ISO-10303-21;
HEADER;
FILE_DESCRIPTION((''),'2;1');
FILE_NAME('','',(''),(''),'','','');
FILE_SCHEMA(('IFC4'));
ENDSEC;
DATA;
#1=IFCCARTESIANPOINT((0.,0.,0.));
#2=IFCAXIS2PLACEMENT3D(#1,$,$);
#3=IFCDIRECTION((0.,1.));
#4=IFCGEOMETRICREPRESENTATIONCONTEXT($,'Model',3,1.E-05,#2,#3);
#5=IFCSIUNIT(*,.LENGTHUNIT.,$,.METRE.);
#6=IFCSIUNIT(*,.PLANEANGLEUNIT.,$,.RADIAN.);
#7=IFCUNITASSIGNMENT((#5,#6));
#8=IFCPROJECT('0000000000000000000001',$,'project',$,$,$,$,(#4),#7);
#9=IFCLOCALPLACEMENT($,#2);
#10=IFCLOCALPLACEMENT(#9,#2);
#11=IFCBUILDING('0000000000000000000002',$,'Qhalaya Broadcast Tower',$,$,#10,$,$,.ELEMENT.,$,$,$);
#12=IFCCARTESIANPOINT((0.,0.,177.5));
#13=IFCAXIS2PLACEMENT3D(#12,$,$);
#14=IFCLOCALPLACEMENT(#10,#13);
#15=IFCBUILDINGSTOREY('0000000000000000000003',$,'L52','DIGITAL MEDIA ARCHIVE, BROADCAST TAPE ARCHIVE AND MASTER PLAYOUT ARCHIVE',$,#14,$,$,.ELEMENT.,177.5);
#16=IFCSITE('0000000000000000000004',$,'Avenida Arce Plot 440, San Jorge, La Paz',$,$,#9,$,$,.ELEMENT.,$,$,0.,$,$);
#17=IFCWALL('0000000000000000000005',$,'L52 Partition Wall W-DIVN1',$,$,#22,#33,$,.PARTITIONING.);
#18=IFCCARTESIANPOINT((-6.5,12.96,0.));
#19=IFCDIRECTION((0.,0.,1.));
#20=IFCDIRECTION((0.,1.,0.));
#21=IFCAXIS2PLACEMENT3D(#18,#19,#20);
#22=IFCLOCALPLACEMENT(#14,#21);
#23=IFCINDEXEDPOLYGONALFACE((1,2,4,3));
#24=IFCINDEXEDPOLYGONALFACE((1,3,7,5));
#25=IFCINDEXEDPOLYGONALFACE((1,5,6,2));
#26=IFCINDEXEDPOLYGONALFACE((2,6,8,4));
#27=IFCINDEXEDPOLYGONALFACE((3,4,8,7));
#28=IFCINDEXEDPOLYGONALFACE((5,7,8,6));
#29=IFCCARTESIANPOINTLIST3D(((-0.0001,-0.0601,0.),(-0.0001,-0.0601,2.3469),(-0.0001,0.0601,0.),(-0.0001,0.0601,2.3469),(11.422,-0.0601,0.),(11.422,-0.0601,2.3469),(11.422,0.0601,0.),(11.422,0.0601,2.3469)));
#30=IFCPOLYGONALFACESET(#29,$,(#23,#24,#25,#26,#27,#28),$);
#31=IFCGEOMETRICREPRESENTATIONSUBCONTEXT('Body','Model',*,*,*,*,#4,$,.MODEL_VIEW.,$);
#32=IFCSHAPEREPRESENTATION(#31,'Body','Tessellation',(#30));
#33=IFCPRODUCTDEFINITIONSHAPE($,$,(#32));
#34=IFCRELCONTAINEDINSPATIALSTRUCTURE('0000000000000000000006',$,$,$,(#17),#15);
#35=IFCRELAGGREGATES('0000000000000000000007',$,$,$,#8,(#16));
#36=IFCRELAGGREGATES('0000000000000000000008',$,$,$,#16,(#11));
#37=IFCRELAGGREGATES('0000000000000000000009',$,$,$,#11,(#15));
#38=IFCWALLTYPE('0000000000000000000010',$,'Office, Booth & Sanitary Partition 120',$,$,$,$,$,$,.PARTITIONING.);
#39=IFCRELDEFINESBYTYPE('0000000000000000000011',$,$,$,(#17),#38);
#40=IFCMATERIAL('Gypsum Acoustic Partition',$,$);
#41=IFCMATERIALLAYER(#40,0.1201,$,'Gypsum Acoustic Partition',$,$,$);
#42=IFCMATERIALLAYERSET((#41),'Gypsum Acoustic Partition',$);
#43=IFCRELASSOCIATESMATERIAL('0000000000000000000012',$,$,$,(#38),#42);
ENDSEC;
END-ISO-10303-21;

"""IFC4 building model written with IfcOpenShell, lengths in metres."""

from ifc_helpers import new_model, si_unit, direction, frame, frame_2d, origin, place, context, subcontext, project, spatial, rectangle, extrude, material, layer, layer_set, type_object, element, save


model = new_model("IFC4")

# Units and contexts
model_context = context("Model", 3, precision=1e-05, world=origin(), true_north=direction((0.0, 1.0)))
body_context = subcontext(model_context, "Body", "Model", "MODEL_VIEW")
ifc_project = project(units=[si_unit("LENGTHUNIT", "METRE"), si_unit("PLANEANGLEUNIT", "RADIAN")], contexts=[model_context])

# Site, building, storey
site_placement = place(None, origin())
site = spatial("IfcSite", under=ifc_project, at=site_placement, Name="Avenida Arce Plot 440, San Jorge, La Paz", CompositionType="ELEMENT", RefElevation=0.0)
building_placement = place(site_placement, origin())
building = spatial("IfcBuilding", under=site, at=building_placement, Name="Qhalaya Broadcast Tower", CompositionType="ELEMENT")
storey_placement = place(building_placement, frame((0.0, 0.0, 177.5)))
storey = spatial("IfcBuildingStorey", under=building, at=storey_placement, Name="L52", Description="DIGITAL MEDIA ARCHIVE, BROADCAST TAPE ARCHIVE AND MASTER PLAYOUT ARCHIVE", CompositionType="ELEMENT", Elevation=177.5)

# Wall
ifc_material_1 = material(Name="Gypsum Acoustic Partition")
ifc_layer_1 = layer(ifc_material_1, 0.1201, Name="Gypsum Acoustic Partition")
ifc_layer_set_1 = layer_set([ifc_layer_1], Name="Gypsum Acoustic Partition")
wall_type = type_object("IfcWallType", Name="Office, Booth & Sanitary Partition 120", PredefinedType="PARTITIONING", material=ifc_layer_set_1)
wall_placement = place(storey_placement, frame((-6.5, 12.96, 0.0), z_axis=(0.0, 0.0, 1.0), x_axis=(0.0, 1.0, 0.0)))
element("IfcWall", 1, at=wall_placement, inside=storey, type_object=wall_type, Name="L52 Partition Wall W-DIVN1", PredefinedType="PARTITIONING", context=body_context, shape_type="SweptSolid", body=[
    extrude(rectangle(XDim=11.4221, YDim=0.1201, at=frame_2d((5.7109, 0.0))), origin(), (0.0, 0.0, 1.0), 2.3469),
])

save(model, "model.ifc")
